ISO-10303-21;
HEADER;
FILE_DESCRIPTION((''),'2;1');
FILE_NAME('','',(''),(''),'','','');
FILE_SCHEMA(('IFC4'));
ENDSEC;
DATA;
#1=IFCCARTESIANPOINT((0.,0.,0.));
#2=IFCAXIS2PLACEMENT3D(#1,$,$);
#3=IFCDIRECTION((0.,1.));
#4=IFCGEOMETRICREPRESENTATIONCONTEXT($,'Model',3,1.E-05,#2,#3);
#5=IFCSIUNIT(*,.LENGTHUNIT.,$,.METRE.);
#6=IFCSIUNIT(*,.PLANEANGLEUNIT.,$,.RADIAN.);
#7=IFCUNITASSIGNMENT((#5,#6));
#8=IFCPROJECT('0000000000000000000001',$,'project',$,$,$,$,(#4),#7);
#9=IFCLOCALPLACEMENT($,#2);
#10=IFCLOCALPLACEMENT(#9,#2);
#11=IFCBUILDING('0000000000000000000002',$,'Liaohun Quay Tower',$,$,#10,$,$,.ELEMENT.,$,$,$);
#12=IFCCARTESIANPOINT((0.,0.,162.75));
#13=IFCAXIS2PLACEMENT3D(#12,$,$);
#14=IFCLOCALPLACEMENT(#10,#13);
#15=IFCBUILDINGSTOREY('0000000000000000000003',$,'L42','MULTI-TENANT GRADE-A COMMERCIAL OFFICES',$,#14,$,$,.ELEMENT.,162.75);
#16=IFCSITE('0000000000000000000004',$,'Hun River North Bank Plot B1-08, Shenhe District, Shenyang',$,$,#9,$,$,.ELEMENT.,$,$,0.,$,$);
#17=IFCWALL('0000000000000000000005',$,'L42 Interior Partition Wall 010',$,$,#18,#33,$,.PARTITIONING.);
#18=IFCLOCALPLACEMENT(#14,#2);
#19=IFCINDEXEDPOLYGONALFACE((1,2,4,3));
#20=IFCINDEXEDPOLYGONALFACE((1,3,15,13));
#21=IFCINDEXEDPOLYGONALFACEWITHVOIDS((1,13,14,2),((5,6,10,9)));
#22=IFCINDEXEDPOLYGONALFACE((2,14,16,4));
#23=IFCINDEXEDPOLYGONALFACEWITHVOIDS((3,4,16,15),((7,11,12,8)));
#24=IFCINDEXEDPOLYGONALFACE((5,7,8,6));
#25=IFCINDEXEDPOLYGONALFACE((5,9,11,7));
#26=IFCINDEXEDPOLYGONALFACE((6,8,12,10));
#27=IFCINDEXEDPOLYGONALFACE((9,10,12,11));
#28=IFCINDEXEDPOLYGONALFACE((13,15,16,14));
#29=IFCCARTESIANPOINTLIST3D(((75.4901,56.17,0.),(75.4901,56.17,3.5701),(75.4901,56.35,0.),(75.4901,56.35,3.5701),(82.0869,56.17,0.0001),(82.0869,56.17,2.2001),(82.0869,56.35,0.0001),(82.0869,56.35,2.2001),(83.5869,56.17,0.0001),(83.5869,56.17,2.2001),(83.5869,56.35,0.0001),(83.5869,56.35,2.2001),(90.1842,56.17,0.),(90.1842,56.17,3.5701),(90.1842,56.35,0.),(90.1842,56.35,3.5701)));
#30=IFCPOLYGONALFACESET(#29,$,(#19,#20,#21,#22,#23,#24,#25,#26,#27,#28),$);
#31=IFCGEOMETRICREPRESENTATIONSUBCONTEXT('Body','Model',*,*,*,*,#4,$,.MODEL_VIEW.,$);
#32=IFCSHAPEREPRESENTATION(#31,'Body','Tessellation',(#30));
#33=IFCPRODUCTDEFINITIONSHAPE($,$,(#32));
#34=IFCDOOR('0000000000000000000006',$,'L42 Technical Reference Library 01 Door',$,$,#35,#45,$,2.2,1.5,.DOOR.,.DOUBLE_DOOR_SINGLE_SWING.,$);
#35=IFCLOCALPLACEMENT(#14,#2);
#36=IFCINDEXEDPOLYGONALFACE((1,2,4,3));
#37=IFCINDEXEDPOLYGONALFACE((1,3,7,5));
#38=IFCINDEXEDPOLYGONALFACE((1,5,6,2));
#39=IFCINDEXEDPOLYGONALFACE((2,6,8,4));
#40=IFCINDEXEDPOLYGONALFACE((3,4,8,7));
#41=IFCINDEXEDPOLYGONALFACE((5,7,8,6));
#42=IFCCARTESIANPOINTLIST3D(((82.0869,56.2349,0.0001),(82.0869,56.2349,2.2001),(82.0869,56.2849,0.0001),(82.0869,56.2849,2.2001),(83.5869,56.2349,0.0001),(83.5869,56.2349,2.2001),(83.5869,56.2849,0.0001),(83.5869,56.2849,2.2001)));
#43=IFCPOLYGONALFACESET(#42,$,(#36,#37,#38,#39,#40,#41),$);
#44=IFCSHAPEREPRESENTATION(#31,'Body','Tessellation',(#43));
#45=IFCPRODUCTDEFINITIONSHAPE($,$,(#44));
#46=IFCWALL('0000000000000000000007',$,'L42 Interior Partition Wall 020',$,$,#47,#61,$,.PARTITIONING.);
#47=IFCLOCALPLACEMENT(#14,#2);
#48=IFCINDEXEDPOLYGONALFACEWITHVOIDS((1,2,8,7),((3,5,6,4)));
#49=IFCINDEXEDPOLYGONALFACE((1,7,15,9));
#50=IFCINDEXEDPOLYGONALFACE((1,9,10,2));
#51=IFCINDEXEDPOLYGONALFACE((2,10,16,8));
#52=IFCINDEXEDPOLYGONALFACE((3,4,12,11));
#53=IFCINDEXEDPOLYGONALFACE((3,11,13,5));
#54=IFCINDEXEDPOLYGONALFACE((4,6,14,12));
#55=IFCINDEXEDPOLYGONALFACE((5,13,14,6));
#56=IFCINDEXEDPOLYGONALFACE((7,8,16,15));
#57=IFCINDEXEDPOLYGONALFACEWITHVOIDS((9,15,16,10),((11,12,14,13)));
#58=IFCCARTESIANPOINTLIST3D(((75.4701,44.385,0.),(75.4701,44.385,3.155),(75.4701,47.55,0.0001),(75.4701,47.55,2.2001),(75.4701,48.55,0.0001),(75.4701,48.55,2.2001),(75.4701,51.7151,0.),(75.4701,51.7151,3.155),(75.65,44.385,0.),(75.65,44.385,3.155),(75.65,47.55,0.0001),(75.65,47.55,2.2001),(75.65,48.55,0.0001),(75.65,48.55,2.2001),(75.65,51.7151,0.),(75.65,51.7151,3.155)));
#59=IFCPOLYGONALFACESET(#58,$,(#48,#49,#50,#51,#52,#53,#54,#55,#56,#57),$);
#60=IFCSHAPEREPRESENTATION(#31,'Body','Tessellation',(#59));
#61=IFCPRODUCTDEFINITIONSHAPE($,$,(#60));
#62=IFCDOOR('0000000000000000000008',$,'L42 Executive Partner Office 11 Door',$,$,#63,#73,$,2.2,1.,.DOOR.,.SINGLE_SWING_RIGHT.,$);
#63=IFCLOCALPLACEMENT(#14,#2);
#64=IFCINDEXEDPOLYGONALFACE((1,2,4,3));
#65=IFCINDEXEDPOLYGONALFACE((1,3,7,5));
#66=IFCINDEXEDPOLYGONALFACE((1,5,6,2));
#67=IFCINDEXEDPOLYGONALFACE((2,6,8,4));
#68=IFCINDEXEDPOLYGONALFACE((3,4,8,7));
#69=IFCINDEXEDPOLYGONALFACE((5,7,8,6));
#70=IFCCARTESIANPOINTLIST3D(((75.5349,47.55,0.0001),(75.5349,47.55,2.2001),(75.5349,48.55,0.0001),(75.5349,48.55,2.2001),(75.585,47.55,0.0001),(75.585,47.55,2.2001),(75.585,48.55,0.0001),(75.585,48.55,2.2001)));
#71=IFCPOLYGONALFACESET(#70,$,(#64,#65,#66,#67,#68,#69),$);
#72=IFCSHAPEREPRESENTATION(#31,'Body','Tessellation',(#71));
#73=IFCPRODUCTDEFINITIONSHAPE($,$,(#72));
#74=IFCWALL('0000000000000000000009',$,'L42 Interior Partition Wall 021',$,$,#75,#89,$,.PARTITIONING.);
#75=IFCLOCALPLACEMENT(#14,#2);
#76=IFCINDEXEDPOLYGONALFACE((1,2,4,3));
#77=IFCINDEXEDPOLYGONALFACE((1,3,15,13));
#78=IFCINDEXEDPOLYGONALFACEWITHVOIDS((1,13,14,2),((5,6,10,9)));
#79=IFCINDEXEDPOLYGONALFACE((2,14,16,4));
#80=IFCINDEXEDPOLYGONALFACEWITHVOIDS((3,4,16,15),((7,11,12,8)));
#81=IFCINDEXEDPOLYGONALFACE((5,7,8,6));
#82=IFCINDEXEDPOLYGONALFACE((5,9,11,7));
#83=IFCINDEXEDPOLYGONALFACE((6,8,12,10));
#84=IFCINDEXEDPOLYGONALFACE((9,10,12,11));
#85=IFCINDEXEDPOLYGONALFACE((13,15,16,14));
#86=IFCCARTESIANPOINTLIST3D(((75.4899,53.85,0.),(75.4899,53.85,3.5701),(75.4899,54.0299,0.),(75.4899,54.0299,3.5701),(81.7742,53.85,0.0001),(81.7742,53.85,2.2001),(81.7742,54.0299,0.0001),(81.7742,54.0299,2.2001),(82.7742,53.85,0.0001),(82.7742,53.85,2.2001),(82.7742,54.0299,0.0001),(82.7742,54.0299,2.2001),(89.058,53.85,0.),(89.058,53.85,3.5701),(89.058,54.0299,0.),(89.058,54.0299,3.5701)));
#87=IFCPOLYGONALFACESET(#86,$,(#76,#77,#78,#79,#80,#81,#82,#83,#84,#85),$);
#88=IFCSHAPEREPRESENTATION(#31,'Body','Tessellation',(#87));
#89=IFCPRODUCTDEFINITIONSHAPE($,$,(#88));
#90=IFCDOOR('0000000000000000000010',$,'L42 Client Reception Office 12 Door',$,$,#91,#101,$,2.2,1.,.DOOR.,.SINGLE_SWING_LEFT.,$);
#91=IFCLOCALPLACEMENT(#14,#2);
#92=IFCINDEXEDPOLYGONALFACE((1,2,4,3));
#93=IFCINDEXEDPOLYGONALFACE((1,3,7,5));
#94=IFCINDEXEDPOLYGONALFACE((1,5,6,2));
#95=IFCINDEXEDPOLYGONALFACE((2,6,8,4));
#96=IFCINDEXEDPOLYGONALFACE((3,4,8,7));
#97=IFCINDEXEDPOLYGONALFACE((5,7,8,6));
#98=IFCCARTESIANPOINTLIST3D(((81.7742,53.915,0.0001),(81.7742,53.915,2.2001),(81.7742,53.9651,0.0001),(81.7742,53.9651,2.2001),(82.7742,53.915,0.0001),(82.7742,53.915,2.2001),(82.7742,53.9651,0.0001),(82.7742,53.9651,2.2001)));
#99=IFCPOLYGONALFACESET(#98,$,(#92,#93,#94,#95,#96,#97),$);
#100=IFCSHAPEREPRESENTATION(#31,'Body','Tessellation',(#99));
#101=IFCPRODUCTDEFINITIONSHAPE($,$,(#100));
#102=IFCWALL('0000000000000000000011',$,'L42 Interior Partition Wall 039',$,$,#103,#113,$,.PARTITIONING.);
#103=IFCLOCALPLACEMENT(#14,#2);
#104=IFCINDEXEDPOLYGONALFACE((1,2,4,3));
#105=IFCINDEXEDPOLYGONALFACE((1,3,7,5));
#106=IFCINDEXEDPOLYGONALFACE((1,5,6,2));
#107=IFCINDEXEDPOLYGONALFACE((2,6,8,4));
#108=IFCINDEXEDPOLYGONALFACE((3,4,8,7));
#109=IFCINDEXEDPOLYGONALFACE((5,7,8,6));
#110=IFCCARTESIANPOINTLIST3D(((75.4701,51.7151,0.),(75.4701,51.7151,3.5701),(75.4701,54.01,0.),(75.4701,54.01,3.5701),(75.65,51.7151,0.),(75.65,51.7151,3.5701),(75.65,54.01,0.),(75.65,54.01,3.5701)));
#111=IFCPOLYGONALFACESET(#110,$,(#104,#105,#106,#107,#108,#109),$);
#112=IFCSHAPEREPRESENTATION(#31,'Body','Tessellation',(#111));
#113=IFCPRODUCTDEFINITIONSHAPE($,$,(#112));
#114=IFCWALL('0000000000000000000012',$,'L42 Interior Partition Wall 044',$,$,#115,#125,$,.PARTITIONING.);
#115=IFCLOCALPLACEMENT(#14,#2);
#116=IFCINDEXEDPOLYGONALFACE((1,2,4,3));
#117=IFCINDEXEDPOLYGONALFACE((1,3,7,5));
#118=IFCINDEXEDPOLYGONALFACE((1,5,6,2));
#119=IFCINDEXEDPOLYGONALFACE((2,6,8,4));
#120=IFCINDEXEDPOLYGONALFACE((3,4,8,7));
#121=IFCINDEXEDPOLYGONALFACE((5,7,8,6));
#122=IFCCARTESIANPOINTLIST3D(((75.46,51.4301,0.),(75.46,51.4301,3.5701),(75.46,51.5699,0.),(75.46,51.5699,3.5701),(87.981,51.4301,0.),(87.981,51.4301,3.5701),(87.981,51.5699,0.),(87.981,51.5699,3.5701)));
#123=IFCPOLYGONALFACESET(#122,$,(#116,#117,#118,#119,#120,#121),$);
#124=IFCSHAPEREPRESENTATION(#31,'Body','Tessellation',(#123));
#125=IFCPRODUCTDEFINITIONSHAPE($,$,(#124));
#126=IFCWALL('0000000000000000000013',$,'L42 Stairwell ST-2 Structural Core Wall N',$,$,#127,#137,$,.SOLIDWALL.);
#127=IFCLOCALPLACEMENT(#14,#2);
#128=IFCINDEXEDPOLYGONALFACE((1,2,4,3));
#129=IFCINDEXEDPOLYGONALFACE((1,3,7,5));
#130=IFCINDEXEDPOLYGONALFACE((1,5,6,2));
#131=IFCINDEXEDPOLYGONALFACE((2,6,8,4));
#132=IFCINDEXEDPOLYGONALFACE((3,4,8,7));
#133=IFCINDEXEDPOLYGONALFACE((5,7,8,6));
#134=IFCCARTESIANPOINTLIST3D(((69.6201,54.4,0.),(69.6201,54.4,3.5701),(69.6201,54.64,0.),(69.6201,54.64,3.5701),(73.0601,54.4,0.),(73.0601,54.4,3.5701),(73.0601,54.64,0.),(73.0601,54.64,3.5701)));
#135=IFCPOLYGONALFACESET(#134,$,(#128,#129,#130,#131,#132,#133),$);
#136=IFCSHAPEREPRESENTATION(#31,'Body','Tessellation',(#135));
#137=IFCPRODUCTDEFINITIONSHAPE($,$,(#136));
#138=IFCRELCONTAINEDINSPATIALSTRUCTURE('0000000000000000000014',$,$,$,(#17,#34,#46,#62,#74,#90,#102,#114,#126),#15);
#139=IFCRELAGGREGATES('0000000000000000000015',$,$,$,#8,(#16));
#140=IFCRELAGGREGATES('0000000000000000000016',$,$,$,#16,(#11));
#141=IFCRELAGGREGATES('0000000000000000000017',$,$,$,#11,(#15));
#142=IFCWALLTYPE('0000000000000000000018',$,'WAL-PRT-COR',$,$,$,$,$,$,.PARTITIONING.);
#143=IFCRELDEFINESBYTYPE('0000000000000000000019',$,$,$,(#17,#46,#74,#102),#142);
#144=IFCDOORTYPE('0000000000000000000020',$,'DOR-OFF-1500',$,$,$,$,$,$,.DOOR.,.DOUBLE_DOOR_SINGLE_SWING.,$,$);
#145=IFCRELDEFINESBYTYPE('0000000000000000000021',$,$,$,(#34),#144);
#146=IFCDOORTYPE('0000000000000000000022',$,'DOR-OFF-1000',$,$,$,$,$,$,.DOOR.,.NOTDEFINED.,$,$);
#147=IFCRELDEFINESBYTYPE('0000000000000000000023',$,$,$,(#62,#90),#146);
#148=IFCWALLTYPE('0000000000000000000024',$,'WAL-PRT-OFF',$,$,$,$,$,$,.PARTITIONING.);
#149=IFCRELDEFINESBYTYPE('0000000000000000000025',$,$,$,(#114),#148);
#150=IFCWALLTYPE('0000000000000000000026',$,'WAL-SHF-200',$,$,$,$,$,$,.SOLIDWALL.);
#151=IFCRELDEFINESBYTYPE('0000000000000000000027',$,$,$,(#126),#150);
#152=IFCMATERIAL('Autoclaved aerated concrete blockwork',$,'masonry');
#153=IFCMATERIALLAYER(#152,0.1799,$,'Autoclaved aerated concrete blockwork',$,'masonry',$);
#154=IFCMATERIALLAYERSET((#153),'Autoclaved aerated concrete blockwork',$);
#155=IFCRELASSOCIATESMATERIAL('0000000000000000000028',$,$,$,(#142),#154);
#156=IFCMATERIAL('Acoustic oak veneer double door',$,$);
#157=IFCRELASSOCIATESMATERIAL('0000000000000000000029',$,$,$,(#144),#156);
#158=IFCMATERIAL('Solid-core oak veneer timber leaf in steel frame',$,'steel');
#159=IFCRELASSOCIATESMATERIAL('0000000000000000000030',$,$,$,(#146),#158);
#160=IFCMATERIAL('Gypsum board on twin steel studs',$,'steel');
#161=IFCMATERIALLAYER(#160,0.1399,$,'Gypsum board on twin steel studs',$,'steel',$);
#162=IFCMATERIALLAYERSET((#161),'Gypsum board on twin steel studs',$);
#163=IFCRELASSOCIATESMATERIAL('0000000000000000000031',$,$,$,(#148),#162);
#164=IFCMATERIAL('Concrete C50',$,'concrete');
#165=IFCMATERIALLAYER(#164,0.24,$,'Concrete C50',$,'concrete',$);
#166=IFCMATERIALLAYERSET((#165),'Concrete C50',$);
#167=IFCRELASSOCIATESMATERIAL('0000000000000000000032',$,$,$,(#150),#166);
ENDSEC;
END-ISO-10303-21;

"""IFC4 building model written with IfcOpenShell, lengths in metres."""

from ifc_helpers import new_model, si_unit, direction, frame, frame_2d, origin, place, context, subcontext, project, spatial, rectangle, extrude, source, transform, mapped, material, layer, layer_set, type_object, element, fill, save


model = new_model("IFC4")

# Units and contexts
model_context = context("Model", 3, precision=1e-05, world=origin(), true_north=direction((0.0, 1.0)))
body_context = subcontext(model_context, "Body", "Model", "MODEL_VIEW")
ifc_project = project(units=[si_unit("LENGTHUNIT", "METRE"), si_unit("PLANEANGLEUNIT", "RADIAN")], contexts=[model_context])

# Site, building, storey
site_placement = place(None, origin())
site = spatial("IfcSite", under=ifc_project, at=site_placement, Name="Hun River North Bank Plot B1-08, Shenhe District, Shenyang", CompositionType="ELEMENT", RefElevation=0.0)
building_placement = place(site_placement, origin())
building = spatial("IfcBuilding", under=site, at=building_placement, Name="Liaohun Quay Tower", CompositionType="ELEMENT")
storey_placement = place(building_placement, frame((0.0, 0.0, 162.75)))
storey = spatial("IfcBuildingStorey", under=building, at=storey_placement, Name="L42", Description="MULTI-TENANT GRADE-A COMMERCIAL OFFICES", CompositionType="ELEMENT", Elevation=162.75)

# Walls, openings, doors
ifc_material_1 = material(Name="Autoclaved aerated concrete blockwork", Category="masonry")
ifc_layer_1 = layer(ifc_material_1, 0.1799, Name="Autoclaved aerated concrete blockwork", Category="masonry")
ifc_layer_set_1 = layer_set([ifc_layer_1], Name="Autoclaved aerated concrete blockwork")
wall_type_1 = type_object("IfcWallType", Name="WAL-PRT-COR", PredefinedType="PARTITIONING", material=ifc_layer_set_1)
wall_1_placement = place(storey_placement, frame((75.49, 56.26, 0.0), z_axis=(0.0, 0.0, 1.0), x_axis=(1.0, 0.0, 0.0)))
wall_1 = element("IfcWall", 1, at=wall_1_placement, inside=storey, type_object=wall_type_1, Name="L42 Interior Partition Wall 010", PredefinedType="PARTITIONING", context=body_context, shape_type="SweptSolid", body=[
    extrude(rectangle(XDim=14.6941, YDim=0.1799, at=frame_2d((7.3472, 0.0))), origin(), (0.0, 0.0, 1.0), 3.5701),
])
shared_shape_1 = source(origin(), body_context, "Body", "SweptSolid", [
    extrude(rectangle(XDim=1.5, YDim=2.2, at=frame_2d((0.75, 1.1001))), frame((0.0, 0.0999, 0.0), z_axis=(0.0, -1.0, 0.0), x_axis=(1.0, 0.0, 0.0)), (0.0, 0.0, 1.0), 0.2),
])
opening_1_placement = place(wall_1_placement, frame((6.5969, 0.0, 0.0)))
opening_1 = element("IfcOpeningElement", 2, at=opening_1_placement, cuts=wall_1, PredefinedType="OPENING", context=body_context, shape_type="MappedRepresentation", body=[
    mapped(shared_shape_1, transform((0.0, 0.0, 0.0), x_axis=(1.0, 0.0, 0.0), y_axis=(0.0, 1.0, 0.0), z_axis=(0.0, 0.0, 1.0), scale=1.0)),
])
ifc_material_2 = material(Name="Acoustic oak veneer double door")
door_type_1 = type_object("IfcDoorType", Name="DOR-OFF-1500", OperationType="DOUBLE_DOOR_SINGLE_SWING", PredefinedType="DOOR", material=ifc_material_2)
shared_shape_2 = source(origin(), body_context, "Body", "SweptSolid", [
    extrude(rectangle(XDim=1.5, YDim=2.2, at=frame_2d((0.75, 1.1001))), frame((0.0, 0.0249, 0.0), z_axis=(0.0, -1.0, 0.0), x_axis=(1.0, 0.0, 0.0)), (0.0, 0.0, 1.0), 0.05),
])
door_1_placement = place(opening_1_placement, origin())
door_1 = element("IfcDoor", 3, at=door_1_placement, inside=storey, type_object=door_type_1, Name="L42 Technical Reference Library 01 Door", OperationType="DOUBLE_DOOR_SINGLE_SWING", OverallHeight=2.2, OverallWidth=1.5, PredefinedType="DOOR", context=body_context, shape_type="MappedRepresentation", body=[
    mapped(shared_shape_2, transform((0.0, 0.0, 0.0), x_axis=(1.0, 0.0, 0.0), y_axis=(0.0, 1.0, 0.0), z_axis=(0.0, 0.0, 1.0), scale=1.0)),
])
fill(opening_1, door_1)
wall_2_placement = place(storey_placement, frame((75.5601, 51.7151, 0.0), z_axis=(0.0, 0.0, 1.0), x_axis=(0.0, -1.0, 0.0)))
wall_2 = element("IfcWall", 4, at=wall_2_placement, inside=storey, type_object=wall_type_1, Name="L42 Interior Partition Wall 020", PredefinedType="PARTITIONING", context=body_context, shape_type="SweptSolid", body=[
    extrude(rectangle(XDim=7.3301, YDim=0.1799, at=frame_2d((3.665, 0.0))), origin(), (0.0, 0.0, 1.0), 3.155),
])
shared_shape_3 = source(origin(), body_context, "Body", "SweptSolid", [
    extrude(rectangle(XDim=1.0, YDim=2.2, at=frame_2d((0.5, 1.1001))), frame((0.0, 0.0999, 0.0), z_axis=(0.0, -1.0, 0.0), x_axis=(1.0, 0.0, 0.0)), (0.0, 0.0, 1.0), 0.2),
])
opening_2_placement = place(wall_2_placement, frame((3.165, 0.0, 0.0)))
opening_2 = element("IfcOpeningElement", 5, at=opening_2_placement, cuts=wall_2, PredefinedType="OPENING", context=body_context, shape_type="MappedRepresentation", body=[
    mapped(shared_shape_3, transform((0.0, 0.0, 0.0), x_axis=(1.0, 0.0, 0.0), y_axis=(0.0, 1.0, 0.0), z_axis=(0.0, 0.0, 1.0), scale=1.0)),
])
ifc_material_3 = material(Name="Solid-core oak veneer timber leaf in steel frame", Category="steel")
door_type_2 = type_object("IfcDoorType", Name="DOR-OFF-1000", OperationType="NOTDEFINED", PredefinedType="DOOR", material=ifc_material_3)
shared_shape_4 = source(origin(), body_context, "Body", "SweptSolid", [
    extrude(rectangle(XDim=1.0, YDim=2.2, at=frame_2d((0.5, 1.1001))), frame((0.0, 0.0249, 0.0), z_axis=(0.0, -1.0, 0.0), x_axis=(1.0, 0.0, 0.0)), (0.0, 0.0, 1.0), 0.05),
])
door_2_placement = place(opening_2_placement, origin())
door_2 = element("IfcDoor", 6, at=door_2_placement, inside=storey, type_object=door_type_2, Name="L42 Executive Partner Office 11 Door", OperationType="SINGLE_SWING_RIGHT", OverallHeight=2.2, OverallWidth=1.0, PredefinedType="DOOR", context=body_context, shape_type="MappedRepresentation", body=[
    mapped(shared_shape_4, transform((0.0, 0.0, 0.0), x_axis=(1.0, 0.0, 0.0), y_axis=(0.0, 1.0, 0.0), z_axis=(0.0, 0.0, 1.0), scale=1.0)),
])
fill(opening_2, door_2)
wall_3_placement = place(storey_placement, frame((89.0581, 53.9399, 0.0), z_axis=(0.0, 0.0, 1.0), x_axis=(-1.0, 0.0, 0.0)))
wall_3 = element("IfcWall", 7, at=wall_3_placement, inside=storey, type_object=wall_type_1, Name="L42 Interior Partition Wall 021", PredefinedType="PARTITIONING", context=body_context, shape_type="SweptSolid", body=[
    extrude(rectangle(XDim=13.5681, YDim=0.1799, at=frame_2d((6.7842, 0.0))), origin(), (0.0, 0.0, 1.0), 3.5701),
])
opening_3_placement = place(wall_3_placement, frame((6.2839, 0.0, 0.0)))
opening_3 = element("IfcOpeningElement", 8, at=opening_3_placement, cuts=wall_3, PredefinedType="OPENING", context=body_context, shape_type="MappedRepresentation", body=[
    mapped(shared_shape_3, transform((0.0, 0.0, 0.0), x_axis=(1.0, 0.0, 0.0), y_axis=(0.0, 1.0, 0.0), z_axis=(0.0, 0.0, 1.0), scale=1.0)),
])
door_3_placement = place(opening_3_placement, origin())
door_3 = element("IfcDoor", 9, at=door_3_placement, inside=storey, type_object=door_type_2, Name="L42 Client Reception Office 12 Door", OperationType="SINGLE_SWING_LEFT", OverallHeight=2.2, OverallWidth=1.0, PredefinedType="DOOR", context=body_context, shape_type="MappedRepresentation", body=[
    mapped(shared_shape_4, transform((0.0, 0.0, 0.0), x_axis=(1.0, 0.0, 0.0), y_axis=(0.0, 1.0, 0.0), z_axis=(0.0, 0.0, 1.0), scale=1.0)),
])
fill(opening_3, door_3)

# Walls
wall_4_placement = place(storey_placement, frame((75.5601, 54.01, 0.0), z_axis=(0.0, 0.0, 1.0), x_axis=(0.0, -1.0, 0.0)))
element("IfcWall", 10, at=wall_4_placement, inside=storey, type_object=wall_type_1, Name="L42 Interior Partition Wall 039", PredefinedType="PARTITIONING", context=body_context, shape_type="SweptSolid", body=[
    extrude(rectangle(XDim=2.2949, YDim=0.1799, at=frame_2d((1.1475, 0.0))), origin(), (0.0, 0.0, 1.0), 3.5701),
])
ifc_material_4 = material(Name="Gypsum board on twin steel studs", Category="steel")
ifc_layer_2 = layer(ifc_material_4, 0.1399, Name="Gypsum board on twin steel studs", Category="steel")
ifc_layer_set_2 = layer_set([ifc_layer_2], Name="Gypsum board on twin steel studs")
wall_type_2 = type_object("IfcWallType", Name="WAL-PRT-OFF", PredefinedType="PARTITIONING", material=ifc_layer_set_2)
wall_5_placement = place(storey_placement, frame((75.46, 51.5, 0.0), z_axis=(0.0, 0.0, 1.0), x_axis=(1.0, 0.0, 0.0)))
element("IfcWall", 11, at=wall_5_placement, inside=storey, type_object=wall_type_2, Name="L42 Interior Partition Wall 044", PredefinedType="PARTITIONING", context=body_context, shape_type="SweptSolid", body=[
    extrude(rectangle(XDim=12.521, YDim=0.1399, at=frame_2d((6.2605, 0.0))), origin(), (0.0, 0.0, 1.0), 3.5701),
])

# Wall
ifc_material_5 = material(Name="Concrete C50", Category="concrete")
ifc_layer_3 = layer(ifc_material_5, 0.24, Name="Concrete C50", Category="concrete")
ifc_layer_set_3 = layer_set([ifc_layer_3], Name="Concrete C50")
wall_type_3 = type_object("IfcWallType", Name="WAL-SHF-200", PredefinedType="SOLIDWALL", material=ifc_layer_set_3)
wall_6_placement = place(storey_placement, frame((73.0601, 54.52, 0.0), z_axis=(0.0, 0.0, 1.0), x_axis=(-1.0, 0.0, 0.0)))
element("IfcWall", 12, at=wall_6_placement, inside=storey, type_object=wall_type_3, Name="L42 Stairwell ST-2 Structural Core Wall N", PredefinedType="SOLIDWALL", context=body_context, shape_type="SweptSolid", body=[
    extrude(rectangle(XDim=3.4399, YDim=0.24, at=frame_2d((1.72, 0.0))), origin(), (0.0, 0.0, 1.0), 3.5701),
])

save(model, "model.ifc")
